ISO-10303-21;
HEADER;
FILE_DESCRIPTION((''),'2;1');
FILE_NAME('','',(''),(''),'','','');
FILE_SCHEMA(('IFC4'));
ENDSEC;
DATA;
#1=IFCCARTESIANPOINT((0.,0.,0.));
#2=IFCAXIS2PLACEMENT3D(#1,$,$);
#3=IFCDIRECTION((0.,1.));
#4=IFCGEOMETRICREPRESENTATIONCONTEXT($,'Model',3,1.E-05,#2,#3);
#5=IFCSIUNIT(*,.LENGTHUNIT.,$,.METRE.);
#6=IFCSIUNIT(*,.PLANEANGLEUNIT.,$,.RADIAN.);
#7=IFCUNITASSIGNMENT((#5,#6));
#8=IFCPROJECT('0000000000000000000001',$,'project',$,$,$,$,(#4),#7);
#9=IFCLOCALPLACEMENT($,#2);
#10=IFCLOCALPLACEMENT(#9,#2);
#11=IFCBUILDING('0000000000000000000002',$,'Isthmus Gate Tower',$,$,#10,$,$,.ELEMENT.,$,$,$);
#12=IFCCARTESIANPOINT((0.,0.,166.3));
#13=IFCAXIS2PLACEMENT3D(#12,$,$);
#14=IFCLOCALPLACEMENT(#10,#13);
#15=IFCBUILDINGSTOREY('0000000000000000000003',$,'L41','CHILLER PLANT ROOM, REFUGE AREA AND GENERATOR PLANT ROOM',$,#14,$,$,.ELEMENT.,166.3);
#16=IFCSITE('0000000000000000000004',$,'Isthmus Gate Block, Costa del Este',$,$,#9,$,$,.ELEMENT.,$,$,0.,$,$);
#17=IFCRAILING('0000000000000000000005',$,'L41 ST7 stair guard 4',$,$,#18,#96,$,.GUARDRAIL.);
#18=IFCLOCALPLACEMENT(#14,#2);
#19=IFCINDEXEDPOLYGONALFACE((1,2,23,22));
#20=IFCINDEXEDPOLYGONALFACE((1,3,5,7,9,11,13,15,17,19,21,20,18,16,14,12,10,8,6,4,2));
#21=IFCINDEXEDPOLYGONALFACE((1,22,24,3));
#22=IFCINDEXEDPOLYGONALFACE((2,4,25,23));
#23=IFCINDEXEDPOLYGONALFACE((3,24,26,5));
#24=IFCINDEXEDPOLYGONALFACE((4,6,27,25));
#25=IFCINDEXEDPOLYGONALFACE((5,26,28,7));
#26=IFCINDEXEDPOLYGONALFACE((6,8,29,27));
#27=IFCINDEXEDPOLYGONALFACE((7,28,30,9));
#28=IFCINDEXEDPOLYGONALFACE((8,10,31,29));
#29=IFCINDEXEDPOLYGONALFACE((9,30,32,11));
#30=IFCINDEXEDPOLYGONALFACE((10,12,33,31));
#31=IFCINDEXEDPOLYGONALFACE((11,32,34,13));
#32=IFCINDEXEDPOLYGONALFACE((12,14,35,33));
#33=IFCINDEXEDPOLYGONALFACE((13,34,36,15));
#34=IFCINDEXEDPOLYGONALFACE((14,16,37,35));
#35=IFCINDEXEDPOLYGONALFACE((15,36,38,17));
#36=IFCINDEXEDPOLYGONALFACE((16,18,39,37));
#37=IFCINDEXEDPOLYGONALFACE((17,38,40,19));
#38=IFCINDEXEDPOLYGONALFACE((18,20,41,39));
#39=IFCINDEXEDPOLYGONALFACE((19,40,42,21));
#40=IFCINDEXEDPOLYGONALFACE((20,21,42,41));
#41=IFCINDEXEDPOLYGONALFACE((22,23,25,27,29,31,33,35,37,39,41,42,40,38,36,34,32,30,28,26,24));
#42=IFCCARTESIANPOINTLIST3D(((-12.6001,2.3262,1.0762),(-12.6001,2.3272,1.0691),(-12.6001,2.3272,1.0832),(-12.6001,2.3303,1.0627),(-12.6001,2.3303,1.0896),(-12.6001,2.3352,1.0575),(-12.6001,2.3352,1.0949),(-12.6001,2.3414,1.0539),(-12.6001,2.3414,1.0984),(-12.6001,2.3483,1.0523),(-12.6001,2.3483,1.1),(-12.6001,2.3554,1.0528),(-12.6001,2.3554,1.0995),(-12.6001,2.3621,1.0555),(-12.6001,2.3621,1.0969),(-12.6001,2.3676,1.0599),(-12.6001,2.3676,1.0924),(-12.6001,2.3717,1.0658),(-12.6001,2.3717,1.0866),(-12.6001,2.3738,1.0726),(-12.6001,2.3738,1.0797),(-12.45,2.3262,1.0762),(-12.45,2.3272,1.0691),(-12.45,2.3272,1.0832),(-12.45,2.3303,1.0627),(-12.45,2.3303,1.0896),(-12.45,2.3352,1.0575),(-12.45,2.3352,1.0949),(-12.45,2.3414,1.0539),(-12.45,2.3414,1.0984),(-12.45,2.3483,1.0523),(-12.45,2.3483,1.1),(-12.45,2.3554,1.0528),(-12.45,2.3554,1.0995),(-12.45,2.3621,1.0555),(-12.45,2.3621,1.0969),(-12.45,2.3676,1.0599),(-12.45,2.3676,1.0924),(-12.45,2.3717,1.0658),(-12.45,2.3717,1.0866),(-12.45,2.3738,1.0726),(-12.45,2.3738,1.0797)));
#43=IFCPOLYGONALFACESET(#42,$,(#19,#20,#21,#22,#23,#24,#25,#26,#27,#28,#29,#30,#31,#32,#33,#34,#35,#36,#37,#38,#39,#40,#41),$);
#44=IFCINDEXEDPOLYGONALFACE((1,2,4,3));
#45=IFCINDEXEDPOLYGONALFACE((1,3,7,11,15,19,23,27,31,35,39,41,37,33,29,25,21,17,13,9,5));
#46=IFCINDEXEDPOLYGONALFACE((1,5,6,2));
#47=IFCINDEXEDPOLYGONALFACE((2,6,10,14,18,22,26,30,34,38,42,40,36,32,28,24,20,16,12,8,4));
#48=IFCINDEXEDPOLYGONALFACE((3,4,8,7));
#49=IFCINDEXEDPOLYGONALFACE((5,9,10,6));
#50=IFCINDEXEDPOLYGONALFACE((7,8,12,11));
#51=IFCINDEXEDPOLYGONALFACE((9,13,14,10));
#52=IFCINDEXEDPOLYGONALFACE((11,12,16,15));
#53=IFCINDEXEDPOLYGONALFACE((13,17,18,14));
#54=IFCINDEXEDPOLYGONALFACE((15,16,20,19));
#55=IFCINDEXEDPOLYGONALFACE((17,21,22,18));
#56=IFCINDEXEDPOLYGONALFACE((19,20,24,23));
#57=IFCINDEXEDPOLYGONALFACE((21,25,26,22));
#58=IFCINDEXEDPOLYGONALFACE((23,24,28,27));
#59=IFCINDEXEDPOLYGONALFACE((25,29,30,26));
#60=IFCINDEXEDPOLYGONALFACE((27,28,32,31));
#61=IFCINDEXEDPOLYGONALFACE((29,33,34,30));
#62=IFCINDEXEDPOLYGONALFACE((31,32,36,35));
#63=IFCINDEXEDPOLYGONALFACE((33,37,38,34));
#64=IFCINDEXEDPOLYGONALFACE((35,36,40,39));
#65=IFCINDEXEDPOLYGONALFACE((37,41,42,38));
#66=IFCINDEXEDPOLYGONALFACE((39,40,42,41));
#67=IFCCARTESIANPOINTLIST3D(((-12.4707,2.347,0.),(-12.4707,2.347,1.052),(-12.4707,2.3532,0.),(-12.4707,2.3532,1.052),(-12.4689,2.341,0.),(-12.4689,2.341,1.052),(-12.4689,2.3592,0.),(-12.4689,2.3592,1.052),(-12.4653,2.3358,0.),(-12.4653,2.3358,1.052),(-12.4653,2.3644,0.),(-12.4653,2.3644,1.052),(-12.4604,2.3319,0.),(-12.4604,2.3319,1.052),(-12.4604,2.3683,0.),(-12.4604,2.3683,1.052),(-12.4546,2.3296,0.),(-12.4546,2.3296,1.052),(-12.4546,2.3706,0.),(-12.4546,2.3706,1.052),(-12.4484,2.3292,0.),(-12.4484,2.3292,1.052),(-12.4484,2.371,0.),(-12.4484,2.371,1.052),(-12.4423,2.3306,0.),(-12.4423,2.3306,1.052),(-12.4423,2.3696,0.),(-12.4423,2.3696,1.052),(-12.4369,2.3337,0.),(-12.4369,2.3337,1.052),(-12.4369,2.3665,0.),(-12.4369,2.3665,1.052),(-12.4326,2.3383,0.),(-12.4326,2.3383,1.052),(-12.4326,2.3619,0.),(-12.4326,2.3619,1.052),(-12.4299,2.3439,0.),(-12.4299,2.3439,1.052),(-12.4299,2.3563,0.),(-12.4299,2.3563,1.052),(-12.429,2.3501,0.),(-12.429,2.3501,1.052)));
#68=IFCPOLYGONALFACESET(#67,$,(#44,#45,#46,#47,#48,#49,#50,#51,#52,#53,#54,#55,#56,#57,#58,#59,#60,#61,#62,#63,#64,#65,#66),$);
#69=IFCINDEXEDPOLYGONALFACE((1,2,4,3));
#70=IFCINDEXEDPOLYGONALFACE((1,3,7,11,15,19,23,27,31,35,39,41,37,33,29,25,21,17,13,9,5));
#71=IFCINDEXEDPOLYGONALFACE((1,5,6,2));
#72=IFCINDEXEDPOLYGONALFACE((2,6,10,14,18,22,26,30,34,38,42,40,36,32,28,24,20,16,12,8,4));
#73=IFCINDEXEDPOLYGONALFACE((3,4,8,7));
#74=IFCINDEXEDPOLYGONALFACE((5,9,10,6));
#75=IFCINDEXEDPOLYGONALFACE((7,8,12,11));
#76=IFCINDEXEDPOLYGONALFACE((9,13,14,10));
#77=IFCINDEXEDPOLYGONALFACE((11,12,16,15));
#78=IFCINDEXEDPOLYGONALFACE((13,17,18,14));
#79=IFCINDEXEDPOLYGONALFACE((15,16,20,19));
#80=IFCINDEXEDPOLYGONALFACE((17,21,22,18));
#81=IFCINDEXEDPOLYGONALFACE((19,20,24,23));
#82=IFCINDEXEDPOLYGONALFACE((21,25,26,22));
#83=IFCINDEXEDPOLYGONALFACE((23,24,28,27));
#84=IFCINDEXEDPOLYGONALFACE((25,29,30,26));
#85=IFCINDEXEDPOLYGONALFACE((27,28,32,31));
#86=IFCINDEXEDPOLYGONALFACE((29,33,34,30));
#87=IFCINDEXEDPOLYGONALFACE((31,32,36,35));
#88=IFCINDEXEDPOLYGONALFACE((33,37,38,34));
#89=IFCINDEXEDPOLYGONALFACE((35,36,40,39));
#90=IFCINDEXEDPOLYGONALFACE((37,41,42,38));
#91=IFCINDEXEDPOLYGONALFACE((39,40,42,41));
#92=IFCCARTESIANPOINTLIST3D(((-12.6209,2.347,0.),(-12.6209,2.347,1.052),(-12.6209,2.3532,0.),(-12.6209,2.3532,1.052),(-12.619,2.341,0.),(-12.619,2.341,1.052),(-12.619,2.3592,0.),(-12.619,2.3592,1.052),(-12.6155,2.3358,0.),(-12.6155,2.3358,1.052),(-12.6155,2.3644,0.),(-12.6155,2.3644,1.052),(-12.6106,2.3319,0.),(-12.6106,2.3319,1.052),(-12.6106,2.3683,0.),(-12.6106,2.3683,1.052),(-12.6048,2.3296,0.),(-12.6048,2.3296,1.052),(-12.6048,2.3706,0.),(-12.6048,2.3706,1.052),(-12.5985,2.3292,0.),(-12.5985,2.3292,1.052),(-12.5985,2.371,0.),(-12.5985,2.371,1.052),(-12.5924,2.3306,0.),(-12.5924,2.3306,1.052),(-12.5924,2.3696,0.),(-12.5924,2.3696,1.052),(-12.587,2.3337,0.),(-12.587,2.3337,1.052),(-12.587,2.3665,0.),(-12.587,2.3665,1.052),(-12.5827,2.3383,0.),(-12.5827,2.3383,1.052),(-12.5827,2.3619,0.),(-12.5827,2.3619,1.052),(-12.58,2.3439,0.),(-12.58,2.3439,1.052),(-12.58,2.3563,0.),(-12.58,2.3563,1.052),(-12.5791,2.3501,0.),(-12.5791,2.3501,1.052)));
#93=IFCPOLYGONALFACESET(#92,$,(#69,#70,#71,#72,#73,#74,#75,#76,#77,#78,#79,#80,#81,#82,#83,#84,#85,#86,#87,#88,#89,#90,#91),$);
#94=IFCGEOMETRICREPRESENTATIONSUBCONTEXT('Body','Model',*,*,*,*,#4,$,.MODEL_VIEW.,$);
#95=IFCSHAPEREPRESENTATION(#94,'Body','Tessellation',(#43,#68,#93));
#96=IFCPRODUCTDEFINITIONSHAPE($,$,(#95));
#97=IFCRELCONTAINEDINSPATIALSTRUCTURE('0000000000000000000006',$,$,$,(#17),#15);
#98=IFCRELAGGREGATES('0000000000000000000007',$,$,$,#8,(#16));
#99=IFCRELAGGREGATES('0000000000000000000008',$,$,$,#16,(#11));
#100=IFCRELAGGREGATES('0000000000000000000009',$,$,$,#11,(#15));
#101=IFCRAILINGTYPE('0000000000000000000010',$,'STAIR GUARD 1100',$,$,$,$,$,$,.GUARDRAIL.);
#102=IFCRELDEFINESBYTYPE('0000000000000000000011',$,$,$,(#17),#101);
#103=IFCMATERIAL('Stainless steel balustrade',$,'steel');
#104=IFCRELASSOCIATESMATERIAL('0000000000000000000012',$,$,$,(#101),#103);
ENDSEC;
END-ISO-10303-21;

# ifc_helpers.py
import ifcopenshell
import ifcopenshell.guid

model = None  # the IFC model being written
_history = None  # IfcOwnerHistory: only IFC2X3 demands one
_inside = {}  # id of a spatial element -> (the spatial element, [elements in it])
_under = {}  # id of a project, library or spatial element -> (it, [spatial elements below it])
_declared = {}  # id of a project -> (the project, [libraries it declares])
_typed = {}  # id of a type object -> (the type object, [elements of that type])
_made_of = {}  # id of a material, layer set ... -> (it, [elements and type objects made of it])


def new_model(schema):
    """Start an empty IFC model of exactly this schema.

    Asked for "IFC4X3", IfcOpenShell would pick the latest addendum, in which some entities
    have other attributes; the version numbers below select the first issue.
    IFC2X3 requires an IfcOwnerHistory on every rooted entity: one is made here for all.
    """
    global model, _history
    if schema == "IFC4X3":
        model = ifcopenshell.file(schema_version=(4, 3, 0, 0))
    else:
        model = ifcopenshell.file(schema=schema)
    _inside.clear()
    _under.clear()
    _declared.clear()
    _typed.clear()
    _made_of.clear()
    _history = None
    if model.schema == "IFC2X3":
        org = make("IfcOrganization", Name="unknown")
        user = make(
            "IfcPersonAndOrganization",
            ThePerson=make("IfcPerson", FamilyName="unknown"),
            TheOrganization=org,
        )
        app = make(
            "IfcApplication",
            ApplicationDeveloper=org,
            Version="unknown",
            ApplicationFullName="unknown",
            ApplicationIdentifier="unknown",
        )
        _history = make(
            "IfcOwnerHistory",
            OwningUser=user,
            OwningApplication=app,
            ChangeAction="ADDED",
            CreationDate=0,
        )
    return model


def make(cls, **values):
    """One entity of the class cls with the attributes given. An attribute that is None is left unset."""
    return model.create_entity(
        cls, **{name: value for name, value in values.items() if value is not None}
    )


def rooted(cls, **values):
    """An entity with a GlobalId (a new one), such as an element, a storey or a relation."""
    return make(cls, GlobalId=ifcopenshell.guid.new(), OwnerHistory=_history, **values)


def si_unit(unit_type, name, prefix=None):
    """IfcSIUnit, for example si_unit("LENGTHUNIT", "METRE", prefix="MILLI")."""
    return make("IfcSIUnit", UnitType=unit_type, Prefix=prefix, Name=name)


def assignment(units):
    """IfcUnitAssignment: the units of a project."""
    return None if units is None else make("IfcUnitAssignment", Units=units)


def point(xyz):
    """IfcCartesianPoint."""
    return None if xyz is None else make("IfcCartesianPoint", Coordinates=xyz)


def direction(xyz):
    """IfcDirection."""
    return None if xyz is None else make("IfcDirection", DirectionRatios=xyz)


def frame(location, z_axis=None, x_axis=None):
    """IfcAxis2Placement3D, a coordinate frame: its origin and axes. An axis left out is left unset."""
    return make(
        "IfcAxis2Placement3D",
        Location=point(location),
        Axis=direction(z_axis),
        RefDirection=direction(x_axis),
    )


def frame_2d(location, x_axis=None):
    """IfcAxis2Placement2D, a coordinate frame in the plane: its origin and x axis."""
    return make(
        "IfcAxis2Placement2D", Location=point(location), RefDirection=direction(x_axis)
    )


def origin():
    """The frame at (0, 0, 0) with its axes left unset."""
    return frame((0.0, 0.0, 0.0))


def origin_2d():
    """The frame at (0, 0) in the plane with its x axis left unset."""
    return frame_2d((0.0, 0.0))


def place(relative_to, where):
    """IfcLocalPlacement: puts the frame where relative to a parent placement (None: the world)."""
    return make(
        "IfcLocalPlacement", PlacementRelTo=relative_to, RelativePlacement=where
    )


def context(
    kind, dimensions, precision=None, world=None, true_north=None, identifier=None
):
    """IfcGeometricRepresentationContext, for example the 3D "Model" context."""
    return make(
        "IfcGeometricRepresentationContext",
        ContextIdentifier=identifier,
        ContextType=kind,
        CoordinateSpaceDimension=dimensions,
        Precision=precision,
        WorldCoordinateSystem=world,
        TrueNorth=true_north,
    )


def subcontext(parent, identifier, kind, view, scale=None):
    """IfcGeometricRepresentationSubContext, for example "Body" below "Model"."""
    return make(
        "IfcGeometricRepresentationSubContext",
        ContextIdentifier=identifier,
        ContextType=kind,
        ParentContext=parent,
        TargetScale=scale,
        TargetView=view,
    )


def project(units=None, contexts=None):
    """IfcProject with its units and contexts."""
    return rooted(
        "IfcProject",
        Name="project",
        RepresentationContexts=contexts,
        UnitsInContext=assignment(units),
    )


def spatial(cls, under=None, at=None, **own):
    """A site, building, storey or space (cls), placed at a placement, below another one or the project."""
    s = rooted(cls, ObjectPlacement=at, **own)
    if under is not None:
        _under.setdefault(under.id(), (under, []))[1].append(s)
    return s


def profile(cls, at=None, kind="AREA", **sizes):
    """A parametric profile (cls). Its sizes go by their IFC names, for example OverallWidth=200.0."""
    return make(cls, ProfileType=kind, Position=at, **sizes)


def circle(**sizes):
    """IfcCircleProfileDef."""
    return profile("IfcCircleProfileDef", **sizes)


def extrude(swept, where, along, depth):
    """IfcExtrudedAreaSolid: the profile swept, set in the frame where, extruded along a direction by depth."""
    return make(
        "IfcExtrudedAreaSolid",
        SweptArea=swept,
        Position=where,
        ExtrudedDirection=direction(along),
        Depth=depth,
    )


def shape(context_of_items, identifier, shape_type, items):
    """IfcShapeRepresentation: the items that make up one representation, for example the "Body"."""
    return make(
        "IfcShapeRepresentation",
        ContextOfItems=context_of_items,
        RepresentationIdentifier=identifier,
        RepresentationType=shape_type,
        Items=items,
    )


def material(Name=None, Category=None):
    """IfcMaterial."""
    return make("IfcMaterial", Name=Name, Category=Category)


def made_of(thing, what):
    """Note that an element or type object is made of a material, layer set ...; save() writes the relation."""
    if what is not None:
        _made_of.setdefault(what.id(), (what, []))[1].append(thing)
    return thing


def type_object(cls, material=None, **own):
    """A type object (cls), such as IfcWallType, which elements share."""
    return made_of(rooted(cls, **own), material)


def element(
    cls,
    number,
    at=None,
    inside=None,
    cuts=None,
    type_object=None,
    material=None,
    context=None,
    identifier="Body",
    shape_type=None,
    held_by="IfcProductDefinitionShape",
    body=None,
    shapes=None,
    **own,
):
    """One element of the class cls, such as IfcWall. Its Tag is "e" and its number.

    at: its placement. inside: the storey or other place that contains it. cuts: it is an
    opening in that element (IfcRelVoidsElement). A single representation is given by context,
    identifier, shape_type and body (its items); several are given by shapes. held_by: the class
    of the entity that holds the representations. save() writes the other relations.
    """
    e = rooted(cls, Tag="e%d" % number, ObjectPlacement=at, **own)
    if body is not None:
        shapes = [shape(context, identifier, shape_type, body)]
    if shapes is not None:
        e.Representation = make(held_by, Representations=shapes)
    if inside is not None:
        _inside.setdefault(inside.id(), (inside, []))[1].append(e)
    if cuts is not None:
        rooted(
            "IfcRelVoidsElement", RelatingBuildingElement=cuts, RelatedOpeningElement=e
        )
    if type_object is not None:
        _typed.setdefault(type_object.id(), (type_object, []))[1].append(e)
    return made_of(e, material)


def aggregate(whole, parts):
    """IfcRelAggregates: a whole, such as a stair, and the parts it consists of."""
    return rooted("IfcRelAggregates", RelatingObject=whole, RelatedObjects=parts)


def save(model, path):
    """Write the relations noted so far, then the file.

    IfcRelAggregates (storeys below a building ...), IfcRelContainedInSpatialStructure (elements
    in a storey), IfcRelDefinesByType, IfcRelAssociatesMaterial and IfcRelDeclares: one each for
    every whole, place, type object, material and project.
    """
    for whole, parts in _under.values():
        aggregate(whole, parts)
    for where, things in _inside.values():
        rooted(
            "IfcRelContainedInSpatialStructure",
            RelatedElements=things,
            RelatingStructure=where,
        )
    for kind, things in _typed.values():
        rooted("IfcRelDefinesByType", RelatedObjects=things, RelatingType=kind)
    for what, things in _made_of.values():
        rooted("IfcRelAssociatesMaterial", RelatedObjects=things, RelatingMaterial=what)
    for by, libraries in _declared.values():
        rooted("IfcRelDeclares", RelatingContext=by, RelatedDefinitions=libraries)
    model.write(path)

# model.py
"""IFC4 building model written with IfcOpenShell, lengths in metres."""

from ifc_helpers import new_model, si_unit, direction, frame, origin, origin_2d, place, context, subcontext, project, spatial, circle, extrude, material, type_object, element, save


model = new_model("IFC4")

# Units and contexts
model_context = context("Model", 3, precision=1e-05, world=origin(), true_north=direction((0.0, 1.0)))
body_context = subcontext(model_context, "Body", "Model", "MODEL_VIEW")
ifc_project = project(units=[si_unit("LENGTHUNIT", "METRE"), si_unit("PLANEANGLEUNIT", "RADIAN")], contexts=[model_context])

# Site, building, storey
site_placement = place(None, origin())
site = spatial("IfcSite", under=ifc_project, at=site_placement, Name="Isthmus Gate Block, Costa del Este", CompositionType="ELEMENT", RefElevation=0.0)
building_placement = place(site_placement, origin())
building = spatial("IfcBuilding", under=site, at=building_placement, Name="Isthmus Gate Tower", CompositionType="ELEMENT")
storey_placement = place(building_placement, frame((0.0, 0.0, 166.3)))
storey = spatial("IfcBuildingStorey", under=building, at=storey_placement, Name="L41", Description="CHILLER PLANT ROOM, REFUGE AREA AND GENERATOR PLANT ROOM", CompositionType="ELEMENT", Elevation=166.3)

# Railing
ifc_material_1 = material(Name="Stainless steel balustrade", Category="steel")
railing_type_1 = type_object("IfcRailingType", Name="STAIR GUARD 1100", PredefinedType="GUARDRAIL", material=ifc_material_1)
railing_1_placement = place(storey_placement, frame((-12.45, 2.3501, 0.0)))
element("IfcRailing", 1, at=railing_1_placement, inside=storey, type_object=railing_type_1, Name="L41 ST7 stair guard 4", PredefinedType="GUARDRAIL", context=body_context, shape_type="SweptSolid", body=[
    extrude(circle(Radius=0.0239, at=origin_2d()), frame((0.0, 0.0, 1.0762), z_axis=(-1.0, 0.0, 0.0), x_axis=(0.0, -1.0, 0.0)), (0.0, 0.0, 1.0), 0.1501),
    extrude(circle(Radius=0.021, at=origin_2d()), origin(), (0.0, 0.0, 1.0), 1.052),
    extrude(circle(Radius=0.021, at=origin_2d()), frame((-0.1501, 0.0, 0.0)), (0.0, 0.0, 1.0), 1.052),
])

save(model, "model.ifc")
